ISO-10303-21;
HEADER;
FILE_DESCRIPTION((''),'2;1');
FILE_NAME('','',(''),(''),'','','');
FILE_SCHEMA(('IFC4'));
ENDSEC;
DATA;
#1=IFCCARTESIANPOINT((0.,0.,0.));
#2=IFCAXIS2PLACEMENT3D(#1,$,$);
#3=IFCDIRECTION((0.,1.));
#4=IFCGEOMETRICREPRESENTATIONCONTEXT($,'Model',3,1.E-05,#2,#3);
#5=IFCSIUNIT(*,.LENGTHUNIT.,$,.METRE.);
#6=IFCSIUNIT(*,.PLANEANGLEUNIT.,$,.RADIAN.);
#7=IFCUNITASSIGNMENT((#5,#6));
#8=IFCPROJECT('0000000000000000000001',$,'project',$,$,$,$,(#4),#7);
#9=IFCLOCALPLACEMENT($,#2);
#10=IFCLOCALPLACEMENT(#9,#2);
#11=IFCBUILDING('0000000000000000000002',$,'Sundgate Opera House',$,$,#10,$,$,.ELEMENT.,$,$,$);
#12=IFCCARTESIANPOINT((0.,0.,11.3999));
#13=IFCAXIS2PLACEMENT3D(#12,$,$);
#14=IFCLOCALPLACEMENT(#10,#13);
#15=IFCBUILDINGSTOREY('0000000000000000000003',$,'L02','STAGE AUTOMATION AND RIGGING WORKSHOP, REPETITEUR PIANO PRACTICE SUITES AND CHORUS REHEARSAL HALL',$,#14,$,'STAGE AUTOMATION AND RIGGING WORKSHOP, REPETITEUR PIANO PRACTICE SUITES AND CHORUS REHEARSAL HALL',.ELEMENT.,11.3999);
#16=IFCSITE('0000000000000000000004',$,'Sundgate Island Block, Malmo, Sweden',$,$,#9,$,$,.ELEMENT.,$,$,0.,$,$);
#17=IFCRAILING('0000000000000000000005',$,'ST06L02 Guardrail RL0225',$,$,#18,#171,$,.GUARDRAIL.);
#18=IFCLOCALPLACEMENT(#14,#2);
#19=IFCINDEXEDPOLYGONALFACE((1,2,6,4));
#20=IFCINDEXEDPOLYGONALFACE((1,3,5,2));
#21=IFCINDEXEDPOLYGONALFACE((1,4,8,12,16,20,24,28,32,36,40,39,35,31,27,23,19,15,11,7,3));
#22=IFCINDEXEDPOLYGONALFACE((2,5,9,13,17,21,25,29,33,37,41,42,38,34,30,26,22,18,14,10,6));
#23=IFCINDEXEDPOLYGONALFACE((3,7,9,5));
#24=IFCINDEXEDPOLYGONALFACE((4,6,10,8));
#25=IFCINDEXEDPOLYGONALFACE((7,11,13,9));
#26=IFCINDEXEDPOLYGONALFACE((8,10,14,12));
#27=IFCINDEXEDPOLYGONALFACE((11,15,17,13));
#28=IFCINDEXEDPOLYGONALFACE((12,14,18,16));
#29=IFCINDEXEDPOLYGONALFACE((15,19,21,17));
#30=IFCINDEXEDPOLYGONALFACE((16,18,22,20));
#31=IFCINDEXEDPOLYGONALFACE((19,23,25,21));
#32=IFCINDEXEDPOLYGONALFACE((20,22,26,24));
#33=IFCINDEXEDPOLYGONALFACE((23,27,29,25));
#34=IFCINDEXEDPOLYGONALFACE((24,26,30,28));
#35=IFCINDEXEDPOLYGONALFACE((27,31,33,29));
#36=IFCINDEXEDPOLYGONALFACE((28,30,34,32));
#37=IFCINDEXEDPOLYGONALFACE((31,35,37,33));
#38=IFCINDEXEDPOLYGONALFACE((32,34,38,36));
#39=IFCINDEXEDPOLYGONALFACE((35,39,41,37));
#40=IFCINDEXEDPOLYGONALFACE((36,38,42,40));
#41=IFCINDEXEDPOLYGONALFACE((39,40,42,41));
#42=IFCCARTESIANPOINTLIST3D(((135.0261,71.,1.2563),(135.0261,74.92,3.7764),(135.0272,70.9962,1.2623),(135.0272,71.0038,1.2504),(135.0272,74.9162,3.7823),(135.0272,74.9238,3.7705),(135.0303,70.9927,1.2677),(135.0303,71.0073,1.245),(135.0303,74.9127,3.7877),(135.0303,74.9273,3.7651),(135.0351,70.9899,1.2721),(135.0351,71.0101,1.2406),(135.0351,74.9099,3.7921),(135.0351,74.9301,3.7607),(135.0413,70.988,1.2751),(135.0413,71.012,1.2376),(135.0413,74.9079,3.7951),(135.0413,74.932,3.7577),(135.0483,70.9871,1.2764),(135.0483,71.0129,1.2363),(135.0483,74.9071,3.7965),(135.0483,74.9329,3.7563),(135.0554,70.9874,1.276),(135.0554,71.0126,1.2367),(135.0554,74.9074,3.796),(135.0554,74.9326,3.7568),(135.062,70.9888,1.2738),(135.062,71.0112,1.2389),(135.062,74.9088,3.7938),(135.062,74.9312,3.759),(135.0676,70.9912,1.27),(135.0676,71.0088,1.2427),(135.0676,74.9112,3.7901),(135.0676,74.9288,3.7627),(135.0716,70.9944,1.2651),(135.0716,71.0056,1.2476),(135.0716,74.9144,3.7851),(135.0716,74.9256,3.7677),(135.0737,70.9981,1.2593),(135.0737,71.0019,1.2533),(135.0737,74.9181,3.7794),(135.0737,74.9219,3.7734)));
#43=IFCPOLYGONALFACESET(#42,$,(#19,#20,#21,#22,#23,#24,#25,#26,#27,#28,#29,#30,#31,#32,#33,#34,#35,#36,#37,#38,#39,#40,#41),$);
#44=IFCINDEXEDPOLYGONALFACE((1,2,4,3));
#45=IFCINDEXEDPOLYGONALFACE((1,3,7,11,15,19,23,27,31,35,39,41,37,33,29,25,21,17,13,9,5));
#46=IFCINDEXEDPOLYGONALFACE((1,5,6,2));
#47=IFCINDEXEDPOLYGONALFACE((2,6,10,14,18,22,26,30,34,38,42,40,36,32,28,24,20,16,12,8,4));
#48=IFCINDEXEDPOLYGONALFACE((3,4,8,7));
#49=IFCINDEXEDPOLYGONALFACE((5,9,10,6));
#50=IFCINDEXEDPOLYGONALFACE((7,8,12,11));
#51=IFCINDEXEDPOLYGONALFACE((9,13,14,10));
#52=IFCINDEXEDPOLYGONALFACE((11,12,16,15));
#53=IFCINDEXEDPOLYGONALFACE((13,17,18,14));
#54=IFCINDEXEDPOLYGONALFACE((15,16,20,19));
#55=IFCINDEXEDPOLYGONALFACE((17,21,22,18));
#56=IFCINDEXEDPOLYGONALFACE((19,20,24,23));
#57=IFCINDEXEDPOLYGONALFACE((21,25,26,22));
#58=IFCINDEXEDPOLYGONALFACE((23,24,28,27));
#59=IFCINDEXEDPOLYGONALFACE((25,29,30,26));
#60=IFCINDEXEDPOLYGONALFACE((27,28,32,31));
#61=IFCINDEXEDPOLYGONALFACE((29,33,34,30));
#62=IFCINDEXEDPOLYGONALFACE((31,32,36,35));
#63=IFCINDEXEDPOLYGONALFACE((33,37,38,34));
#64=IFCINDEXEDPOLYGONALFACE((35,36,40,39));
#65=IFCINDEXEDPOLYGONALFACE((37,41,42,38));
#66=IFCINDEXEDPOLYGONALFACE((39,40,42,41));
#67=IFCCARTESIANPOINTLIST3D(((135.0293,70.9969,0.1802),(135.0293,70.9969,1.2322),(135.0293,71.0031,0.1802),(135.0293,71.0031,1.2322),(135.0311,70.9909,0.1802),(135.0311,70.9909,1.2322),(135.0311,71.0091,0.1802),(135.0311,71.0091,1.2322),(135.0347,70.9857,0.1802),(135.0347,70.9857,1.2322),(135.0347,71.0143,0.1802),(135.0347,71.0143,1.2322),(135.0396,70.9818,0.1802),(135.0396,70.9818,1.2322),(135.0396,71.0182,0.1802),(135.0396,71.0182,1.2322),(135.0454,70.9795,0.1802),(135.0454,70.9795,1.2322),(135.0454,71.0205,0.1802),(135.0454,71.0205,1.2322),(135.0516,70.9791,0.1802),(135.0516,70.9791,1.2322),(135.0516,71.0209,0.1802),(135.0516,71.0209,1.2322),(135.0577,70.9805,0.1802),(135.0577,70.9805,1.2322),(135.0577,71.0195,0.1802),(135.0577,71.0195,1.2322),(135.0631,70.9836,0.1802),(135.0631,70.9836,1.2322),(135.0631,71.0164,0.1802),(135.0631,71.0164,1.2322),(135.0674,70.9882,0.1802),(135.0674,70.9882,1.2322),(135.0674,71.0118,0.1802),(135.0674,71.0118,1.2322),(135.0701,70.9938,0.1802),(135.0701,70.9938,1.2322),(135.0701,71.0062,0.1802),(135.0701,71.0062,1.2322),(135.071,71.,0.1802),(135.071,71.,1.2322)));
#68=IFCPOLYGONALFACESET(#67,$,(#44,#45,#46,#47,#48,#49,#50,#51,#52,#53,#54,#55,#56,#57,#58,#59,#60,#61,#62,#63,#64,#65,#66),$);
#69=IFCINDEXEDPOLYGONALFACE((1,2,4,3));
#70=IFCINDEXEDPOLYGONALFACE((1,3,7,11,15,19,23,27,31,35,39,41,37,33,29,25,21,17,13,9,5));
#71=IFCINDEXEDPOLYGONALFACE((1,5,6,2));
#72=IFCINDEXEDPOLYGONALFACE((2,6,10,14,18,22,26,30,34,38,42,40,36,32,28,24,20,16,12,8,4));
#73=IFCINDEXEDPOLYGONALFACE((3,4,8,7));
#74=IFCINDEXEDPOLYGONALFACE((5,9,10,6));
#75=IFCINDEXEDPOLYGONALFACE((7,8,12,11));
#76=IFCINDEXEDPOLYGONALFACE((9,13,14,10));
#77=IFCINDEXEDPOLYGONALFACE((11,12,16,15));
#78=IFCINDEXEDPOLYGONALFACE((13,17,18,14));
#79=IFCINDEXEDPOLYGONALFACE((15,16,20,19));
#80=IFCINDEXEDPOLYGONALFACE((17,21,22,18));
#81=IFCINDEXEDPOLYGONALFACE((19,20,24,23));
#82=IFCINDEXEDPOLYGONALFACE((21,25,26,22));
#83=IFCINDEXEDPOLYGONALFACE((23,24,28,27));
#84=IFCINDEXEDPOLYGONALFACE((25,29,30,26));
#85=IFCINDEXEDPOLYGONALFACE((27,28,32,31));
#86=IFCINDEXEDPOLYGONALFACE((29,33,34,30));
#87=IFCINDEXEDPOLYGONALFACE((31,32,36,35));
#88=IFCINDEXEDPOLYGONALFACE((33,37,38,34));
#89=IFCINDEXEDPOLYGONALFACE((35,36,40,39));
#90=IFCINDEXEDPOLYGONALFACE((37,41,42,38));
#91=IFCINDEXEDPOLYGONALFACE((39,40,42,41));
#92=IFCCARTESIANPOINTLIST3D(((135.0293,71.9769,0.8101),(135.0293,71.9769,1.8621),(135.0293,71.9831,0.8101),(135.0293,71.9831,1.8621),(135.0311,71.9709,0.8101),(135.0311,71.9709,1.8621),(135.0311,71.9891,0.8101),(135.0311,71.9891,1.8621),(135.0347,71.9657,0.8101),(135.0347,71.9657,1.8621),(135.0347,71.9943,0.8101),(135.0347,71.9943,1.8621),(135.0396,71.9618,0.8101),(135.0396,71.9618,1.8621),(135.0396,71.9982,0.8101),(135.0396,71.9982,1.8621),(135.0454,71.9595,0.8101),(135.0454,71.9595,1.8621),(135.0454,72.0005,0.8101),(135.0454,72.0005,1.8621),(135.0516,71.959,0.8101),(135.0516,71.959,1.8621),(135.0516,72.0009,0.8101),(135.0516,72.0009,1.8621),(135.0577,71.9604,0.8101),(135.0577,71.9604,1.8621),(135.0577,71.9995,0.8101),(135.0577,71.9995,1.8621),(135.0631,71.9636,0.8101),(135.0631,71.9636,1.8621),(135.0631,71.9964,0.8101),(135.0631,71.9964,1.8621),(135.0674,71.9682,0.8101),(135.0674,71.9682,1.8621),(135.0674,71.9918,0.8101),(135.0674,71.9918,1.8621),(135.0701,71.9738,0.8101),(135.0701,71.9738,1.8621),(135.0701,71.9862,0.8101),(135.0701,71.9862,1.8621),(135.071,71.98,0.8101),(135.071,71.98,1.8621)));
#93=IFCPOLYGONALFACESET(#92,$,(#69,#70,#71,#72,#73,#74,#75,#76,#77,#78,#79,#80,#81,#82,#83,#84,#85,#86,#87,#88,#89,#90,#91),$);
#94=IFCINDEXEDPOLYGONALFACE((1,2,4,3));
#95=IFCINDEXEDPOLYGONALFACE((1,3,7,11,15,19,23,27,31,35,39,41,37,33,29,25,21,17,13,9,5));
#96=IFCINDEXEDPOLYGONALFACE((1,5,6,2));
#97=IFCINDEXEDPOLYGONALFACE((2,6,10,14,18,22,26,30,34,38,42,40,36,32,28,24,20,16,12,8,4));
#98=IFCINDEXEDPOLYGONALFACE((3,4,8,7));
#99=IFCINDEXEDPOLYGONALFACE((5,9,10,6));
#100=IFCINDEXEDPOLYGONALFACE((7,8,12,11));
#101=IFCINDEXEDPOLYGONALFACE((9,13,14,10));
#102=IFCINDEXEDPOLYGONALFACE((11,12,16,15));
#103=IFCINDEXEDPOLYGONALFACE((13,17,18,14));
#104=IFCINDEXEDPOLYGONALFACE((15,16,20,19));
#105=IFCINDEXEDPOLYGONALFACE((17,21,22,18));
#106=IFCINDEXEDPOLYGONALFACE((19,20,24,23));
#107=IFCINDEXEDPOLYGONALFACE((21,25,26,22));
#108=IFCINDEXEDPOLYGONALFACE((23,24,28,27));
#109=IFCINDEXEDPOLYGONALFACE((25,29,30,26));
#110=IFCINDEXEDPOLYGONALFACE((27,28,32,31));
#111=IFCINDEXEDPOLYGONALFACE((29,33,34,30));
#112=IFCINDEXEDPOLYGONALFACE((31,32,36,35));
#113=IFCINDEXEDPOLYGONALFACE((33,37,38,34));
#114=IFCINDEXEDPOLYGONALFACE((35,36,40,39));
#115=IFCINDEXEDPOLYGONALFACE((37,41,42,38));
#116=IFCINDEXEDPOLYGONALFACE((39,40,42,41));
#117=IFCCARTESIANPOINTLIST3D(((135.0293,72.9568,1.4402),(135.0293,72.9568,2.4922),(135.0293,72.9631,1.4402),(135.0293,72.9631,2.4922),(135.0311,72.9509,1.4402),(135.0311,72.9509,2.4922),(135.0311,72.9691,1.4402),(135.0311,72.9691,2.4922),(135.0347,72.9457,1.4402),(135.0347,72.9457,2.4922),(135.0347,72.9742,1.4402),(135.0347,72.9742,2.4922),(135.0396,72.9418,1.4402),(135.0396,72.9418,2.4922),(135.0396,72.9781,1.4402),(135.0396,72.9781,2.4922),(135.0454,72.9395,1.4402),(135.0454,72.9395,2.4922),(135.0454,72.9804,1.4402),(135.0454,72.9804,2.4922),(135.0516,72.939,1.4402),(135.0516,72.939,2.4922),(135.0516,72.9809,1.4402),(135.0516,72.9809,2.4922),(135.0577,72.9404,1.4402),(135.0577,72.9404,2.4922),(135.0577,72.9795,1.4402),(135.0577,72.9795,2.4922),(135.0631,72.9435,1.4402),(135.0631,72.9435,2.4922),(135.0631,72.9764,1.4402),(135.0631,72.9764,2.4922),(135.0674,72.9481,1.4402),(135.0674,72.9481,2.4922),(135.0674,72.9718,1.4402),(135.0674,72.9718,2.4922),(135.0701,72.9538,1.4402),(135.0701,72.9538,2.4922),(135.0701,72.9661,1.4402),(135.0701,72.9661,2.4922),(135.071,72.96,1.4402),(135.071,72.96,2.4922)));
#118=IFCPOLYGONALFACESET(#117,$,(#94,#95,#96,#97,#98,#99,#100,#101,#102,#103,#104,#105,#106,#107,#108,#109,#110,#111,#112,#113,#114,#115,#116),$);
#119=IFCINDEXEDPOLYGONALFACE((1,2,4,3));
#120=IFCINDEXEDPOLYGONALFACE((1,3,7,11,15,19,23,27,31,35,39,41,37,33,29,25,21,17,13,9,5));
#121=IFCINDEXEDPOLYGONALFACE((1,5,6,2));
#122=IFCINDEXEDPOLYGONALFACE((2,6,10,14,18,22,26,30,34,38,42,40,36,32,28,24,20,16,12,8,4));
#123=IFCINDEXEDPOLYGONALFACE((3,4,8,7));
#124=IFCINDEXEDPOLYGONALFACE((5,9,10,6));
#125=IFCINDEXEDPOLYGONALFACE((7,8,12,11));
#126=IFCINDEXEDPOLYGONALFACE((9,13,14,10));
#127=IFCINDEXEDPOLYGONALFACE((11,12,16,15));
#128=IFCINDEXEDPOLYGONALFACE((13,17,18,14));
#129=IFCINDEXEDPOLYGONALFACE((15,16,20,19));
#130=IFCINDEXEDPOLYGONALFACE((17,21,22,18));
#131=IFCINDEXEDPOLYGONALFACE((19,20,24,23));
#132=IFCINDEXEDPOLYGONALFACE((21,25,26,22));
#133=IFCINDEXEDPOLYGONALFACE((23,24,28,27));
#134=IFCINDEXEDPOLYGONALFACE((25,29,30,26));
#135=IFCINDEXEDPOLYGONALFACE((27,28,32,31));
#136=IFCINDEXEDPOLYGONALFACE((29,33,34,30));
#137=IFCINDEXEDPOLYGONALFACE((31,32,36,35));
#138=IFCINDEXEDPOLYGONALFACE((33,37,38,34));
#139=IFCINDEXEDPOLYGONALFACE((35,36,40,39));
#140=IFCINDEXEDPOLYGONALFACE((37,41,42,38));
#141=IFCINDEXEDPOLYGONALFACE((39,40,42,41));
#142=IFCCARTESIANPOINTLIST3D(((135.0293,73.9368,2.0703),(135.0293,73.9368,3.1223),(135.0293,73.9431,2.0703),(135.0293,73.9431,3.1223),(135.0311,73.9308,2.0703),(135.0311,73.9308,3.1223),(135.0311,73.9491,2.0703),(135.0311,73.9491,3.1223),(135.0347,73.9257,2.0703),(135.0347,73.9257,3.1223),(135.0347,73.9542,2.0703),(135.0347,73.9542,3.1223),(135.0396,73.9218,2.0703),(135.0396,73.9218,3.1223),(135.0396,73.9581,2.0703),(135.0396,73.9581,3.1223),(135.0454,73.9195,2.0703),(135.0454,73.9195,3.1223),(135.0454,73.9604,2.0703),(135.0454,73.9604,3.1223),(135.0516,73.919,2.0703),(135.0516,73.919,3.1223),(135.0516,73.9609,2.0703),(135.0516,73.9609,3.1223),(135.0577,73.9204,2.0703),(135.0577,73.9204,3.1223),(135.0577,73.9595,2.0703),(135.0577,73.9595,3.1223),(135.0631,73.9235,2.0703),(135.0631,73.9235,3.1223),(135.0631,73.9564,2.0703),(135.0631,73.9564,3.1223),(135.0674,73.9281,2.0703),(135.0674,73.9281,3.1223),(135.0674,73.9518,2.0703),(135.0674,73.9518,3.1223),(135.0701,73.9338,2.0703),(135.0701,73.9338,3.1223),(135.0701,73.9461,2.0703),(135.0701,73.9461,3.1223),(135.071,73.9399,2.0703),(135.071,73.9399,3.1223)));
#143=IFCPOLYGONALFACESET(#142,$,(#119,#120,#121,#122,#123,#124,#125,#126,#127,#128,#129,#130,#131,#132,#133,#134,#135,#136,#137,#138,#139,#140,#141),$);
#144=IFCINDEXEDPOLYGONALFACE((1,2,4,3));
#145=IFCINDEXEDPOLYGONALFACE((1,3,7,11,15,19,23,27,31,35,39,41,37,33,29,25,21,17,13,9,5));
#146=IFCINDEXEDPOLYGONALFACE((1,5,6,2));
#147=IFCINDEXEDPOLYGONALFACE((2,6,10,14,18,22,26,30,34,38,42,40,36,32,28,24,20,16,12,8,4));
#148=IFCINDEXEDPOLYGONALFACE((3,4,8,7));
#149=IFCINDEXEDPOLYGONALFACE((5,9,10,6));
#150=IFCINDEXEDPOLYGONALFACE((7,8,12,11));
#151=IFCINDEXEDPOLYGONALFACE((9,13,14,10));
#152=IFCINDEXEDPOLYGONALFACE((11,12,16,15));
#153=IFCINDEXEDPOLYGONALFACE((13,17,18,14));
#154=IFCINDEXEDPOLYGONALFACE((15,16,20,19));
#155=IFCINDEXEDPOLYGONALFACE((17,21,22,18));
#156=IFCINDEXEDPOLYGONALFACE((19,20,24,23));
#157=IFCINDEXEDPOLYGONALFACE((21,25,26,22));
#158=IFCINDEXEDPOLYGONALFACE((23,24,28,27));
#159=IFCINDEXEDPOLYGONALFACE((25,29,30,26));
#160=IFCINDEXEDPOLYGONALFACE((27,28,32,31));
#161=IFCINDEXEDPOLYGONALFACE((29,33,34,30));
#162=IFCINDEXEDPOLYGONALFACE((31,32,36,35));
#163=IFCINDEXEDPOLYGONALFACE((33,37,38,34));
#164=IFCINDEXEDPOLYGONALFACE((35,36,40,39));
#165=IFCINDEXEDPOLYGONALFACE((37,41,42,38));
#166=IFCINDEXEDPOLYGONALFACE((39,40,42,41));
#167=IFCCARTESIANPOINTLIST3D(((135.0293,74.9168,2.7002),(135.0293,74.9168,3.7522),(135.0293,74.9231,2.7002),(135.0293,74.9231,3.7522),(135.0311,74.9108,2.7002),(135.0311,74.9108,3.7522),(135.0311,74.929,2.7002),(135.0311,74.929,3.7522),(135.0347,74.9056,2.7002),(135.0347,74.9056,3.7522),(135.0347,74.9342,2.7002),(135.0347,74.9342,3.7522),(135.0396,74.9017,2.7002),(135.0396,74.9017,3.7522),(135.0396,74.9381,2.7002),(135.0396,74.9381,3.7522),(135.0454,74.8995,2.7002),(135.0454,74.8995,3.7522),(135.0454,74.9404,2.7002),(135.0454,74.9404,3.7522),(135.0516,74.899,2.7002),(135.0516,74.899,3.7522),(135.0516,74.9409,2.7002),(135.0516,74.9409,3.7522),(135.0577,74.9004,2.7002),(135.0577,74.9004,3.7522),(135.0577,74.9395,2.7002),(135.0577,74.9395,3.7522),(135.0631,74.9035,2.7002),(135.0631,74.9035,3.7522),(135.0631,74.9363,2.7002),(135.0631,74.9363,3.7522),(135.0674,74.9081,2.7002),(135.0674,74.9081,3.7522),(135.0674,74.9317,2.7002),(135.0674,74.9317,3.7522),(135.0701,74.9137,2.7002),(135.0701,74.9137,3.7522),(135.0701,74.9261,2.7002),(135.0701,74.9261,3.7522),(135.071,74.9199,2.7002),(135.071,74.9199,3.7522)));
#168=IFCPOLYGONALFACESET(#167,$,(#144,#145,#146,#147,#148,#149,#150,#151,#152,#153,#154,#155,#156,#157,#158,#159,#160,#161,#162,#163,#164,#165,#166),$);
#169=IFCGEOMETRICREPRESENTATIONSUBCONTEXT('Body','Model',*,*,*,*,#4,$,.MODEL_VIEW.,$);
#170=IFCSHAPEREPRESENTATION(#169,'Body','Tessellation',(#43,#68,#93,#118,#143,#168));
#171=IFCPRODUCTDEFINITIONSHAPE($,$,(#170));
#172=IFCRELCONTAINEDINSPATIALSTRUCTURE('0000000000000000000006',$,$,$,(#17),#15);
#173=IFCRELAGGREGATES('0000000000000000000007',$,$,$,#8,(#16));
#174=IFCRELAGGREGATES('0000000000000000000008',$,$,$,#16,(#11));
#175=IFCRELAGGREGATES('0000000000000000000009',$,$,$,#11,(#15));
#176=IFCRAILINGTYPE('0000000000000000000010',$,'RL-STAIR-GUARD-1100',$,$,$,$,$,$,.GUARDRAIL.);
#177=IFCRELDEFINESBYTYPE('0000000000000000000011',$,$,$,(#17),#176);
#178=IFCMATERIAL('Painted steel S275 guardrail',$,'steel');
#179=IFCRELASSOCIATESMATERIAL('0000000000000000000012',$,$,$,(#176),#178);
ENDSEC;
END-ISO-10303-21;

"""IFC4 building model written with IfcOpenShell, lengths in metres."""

from ifc_helpers import new_model, si_unit, direction, frame, origin, origin_2d, place, context, subcontext, project, spatial, circle, extrude, material, type_object, element, save


model = new_model("IFC4")

# Units and contexts
model_context = context("Model", 3, precision=1e-05, world=origin(), true_north=direction((0.0, 1.0)))
body_context = subcontext(model_context, "Body", "Model", "MODEL_VIEW")
ifc_project = project(units=[si_unit("LENGTHUNIT", "METRE"), si_unit("PLANEANGLEUNIT", "RADIAN")], contexts=[model_context])

# Site, building, storey
site_placement = place(None, origin())
site = spatial("IfcSite", under=ifc_project, at=site_placement, Name="Sundgate Island Block, Malmo, Sweden", CompositionType="ELEMENT", RefElevation=0.0)
building_placement = place(site_placement, origin())
building = spatial("IfcBuilding", under=site, at=building_placement, Name="Sundgate Opera House", CompositionType="ELEMENT")
storey_placement = place(building_placement, frame((0.0, 0.0, 11.3999)))
storey = spatial("IfcBuildingStorey", under=building, at=storey_placement, Name="L02", Description="STAGE AUTOMATION AND RIGGING WORKSHOP, REPETITEUR PIANO PRACTICE SUITES AND CHORUS REHEARSAL HALL", LongName="STAGE AUTOMATION AND RIGGING WORKSHOP, REPETITEUR PIANO PRACTICE SUITES AND CHORUS REHEARSAL HALL", CompositionType="ELEMENT", Elevation=11.3999)

# Railing
ifc_material_1 = material(Name="Painted steel S275 guardrail", Category="steel")
railing_type_1 = type_object("IfcRailingType", Name="RL-STAIR-GUARD-1100", PredefinedType="GUARDRAIL", material=ifc_material_1)
railing_1_placement = place(storey_placement, frame((135.05, 71.0, 0.1802)))
element("IfcRailing", 1, at=railing_1_placement, inside=storey, type_object=railing_type_1, Name="ST06L02 Guardrail RL0225", PredefinedType="GUARDRAIL", context=body_context, shape_type="SweptSolid", body=[
    extrude(circle(Radius=0.0239, at=origin_2d()), frame((0.0, 0.0, 1.0762), z_axis=(0.0, 0.841172, 0.540768), x_axis=(-1.0, 0.0, 0.0)), (0.0, 0.0, 1.0), 4.6602),
    extrude(circle(Radius=0.021, at=origin_2d()), origin(), (0.0, 0.0, 1.0), 1.052),
    extrude(circle(Radius=0.021, at=origin_2d()), frame((0.0, 0.98, 0.6299)), (0.0, 0.0, 1.0), 1.052),
    extrude(circle(Radius=0.021, at=origin_2d()), frame((0.0, 1.96, 1.26)), (0.0, 0.0, 1.0), 1.052),
    extrude(circle(Radius=0.021, at=origin_2d()), frame((0.0, 2.9399, 1.8901)), (0.0, 0.0, 1.0), 1.052),
    extrude(circle(Radius=0.021, at=origin_2d()), frame((0.0, 3.9199, 2.52)), (0.0, 0.0, 1.0), 1.052),
])

save(model, "model.ifc")
